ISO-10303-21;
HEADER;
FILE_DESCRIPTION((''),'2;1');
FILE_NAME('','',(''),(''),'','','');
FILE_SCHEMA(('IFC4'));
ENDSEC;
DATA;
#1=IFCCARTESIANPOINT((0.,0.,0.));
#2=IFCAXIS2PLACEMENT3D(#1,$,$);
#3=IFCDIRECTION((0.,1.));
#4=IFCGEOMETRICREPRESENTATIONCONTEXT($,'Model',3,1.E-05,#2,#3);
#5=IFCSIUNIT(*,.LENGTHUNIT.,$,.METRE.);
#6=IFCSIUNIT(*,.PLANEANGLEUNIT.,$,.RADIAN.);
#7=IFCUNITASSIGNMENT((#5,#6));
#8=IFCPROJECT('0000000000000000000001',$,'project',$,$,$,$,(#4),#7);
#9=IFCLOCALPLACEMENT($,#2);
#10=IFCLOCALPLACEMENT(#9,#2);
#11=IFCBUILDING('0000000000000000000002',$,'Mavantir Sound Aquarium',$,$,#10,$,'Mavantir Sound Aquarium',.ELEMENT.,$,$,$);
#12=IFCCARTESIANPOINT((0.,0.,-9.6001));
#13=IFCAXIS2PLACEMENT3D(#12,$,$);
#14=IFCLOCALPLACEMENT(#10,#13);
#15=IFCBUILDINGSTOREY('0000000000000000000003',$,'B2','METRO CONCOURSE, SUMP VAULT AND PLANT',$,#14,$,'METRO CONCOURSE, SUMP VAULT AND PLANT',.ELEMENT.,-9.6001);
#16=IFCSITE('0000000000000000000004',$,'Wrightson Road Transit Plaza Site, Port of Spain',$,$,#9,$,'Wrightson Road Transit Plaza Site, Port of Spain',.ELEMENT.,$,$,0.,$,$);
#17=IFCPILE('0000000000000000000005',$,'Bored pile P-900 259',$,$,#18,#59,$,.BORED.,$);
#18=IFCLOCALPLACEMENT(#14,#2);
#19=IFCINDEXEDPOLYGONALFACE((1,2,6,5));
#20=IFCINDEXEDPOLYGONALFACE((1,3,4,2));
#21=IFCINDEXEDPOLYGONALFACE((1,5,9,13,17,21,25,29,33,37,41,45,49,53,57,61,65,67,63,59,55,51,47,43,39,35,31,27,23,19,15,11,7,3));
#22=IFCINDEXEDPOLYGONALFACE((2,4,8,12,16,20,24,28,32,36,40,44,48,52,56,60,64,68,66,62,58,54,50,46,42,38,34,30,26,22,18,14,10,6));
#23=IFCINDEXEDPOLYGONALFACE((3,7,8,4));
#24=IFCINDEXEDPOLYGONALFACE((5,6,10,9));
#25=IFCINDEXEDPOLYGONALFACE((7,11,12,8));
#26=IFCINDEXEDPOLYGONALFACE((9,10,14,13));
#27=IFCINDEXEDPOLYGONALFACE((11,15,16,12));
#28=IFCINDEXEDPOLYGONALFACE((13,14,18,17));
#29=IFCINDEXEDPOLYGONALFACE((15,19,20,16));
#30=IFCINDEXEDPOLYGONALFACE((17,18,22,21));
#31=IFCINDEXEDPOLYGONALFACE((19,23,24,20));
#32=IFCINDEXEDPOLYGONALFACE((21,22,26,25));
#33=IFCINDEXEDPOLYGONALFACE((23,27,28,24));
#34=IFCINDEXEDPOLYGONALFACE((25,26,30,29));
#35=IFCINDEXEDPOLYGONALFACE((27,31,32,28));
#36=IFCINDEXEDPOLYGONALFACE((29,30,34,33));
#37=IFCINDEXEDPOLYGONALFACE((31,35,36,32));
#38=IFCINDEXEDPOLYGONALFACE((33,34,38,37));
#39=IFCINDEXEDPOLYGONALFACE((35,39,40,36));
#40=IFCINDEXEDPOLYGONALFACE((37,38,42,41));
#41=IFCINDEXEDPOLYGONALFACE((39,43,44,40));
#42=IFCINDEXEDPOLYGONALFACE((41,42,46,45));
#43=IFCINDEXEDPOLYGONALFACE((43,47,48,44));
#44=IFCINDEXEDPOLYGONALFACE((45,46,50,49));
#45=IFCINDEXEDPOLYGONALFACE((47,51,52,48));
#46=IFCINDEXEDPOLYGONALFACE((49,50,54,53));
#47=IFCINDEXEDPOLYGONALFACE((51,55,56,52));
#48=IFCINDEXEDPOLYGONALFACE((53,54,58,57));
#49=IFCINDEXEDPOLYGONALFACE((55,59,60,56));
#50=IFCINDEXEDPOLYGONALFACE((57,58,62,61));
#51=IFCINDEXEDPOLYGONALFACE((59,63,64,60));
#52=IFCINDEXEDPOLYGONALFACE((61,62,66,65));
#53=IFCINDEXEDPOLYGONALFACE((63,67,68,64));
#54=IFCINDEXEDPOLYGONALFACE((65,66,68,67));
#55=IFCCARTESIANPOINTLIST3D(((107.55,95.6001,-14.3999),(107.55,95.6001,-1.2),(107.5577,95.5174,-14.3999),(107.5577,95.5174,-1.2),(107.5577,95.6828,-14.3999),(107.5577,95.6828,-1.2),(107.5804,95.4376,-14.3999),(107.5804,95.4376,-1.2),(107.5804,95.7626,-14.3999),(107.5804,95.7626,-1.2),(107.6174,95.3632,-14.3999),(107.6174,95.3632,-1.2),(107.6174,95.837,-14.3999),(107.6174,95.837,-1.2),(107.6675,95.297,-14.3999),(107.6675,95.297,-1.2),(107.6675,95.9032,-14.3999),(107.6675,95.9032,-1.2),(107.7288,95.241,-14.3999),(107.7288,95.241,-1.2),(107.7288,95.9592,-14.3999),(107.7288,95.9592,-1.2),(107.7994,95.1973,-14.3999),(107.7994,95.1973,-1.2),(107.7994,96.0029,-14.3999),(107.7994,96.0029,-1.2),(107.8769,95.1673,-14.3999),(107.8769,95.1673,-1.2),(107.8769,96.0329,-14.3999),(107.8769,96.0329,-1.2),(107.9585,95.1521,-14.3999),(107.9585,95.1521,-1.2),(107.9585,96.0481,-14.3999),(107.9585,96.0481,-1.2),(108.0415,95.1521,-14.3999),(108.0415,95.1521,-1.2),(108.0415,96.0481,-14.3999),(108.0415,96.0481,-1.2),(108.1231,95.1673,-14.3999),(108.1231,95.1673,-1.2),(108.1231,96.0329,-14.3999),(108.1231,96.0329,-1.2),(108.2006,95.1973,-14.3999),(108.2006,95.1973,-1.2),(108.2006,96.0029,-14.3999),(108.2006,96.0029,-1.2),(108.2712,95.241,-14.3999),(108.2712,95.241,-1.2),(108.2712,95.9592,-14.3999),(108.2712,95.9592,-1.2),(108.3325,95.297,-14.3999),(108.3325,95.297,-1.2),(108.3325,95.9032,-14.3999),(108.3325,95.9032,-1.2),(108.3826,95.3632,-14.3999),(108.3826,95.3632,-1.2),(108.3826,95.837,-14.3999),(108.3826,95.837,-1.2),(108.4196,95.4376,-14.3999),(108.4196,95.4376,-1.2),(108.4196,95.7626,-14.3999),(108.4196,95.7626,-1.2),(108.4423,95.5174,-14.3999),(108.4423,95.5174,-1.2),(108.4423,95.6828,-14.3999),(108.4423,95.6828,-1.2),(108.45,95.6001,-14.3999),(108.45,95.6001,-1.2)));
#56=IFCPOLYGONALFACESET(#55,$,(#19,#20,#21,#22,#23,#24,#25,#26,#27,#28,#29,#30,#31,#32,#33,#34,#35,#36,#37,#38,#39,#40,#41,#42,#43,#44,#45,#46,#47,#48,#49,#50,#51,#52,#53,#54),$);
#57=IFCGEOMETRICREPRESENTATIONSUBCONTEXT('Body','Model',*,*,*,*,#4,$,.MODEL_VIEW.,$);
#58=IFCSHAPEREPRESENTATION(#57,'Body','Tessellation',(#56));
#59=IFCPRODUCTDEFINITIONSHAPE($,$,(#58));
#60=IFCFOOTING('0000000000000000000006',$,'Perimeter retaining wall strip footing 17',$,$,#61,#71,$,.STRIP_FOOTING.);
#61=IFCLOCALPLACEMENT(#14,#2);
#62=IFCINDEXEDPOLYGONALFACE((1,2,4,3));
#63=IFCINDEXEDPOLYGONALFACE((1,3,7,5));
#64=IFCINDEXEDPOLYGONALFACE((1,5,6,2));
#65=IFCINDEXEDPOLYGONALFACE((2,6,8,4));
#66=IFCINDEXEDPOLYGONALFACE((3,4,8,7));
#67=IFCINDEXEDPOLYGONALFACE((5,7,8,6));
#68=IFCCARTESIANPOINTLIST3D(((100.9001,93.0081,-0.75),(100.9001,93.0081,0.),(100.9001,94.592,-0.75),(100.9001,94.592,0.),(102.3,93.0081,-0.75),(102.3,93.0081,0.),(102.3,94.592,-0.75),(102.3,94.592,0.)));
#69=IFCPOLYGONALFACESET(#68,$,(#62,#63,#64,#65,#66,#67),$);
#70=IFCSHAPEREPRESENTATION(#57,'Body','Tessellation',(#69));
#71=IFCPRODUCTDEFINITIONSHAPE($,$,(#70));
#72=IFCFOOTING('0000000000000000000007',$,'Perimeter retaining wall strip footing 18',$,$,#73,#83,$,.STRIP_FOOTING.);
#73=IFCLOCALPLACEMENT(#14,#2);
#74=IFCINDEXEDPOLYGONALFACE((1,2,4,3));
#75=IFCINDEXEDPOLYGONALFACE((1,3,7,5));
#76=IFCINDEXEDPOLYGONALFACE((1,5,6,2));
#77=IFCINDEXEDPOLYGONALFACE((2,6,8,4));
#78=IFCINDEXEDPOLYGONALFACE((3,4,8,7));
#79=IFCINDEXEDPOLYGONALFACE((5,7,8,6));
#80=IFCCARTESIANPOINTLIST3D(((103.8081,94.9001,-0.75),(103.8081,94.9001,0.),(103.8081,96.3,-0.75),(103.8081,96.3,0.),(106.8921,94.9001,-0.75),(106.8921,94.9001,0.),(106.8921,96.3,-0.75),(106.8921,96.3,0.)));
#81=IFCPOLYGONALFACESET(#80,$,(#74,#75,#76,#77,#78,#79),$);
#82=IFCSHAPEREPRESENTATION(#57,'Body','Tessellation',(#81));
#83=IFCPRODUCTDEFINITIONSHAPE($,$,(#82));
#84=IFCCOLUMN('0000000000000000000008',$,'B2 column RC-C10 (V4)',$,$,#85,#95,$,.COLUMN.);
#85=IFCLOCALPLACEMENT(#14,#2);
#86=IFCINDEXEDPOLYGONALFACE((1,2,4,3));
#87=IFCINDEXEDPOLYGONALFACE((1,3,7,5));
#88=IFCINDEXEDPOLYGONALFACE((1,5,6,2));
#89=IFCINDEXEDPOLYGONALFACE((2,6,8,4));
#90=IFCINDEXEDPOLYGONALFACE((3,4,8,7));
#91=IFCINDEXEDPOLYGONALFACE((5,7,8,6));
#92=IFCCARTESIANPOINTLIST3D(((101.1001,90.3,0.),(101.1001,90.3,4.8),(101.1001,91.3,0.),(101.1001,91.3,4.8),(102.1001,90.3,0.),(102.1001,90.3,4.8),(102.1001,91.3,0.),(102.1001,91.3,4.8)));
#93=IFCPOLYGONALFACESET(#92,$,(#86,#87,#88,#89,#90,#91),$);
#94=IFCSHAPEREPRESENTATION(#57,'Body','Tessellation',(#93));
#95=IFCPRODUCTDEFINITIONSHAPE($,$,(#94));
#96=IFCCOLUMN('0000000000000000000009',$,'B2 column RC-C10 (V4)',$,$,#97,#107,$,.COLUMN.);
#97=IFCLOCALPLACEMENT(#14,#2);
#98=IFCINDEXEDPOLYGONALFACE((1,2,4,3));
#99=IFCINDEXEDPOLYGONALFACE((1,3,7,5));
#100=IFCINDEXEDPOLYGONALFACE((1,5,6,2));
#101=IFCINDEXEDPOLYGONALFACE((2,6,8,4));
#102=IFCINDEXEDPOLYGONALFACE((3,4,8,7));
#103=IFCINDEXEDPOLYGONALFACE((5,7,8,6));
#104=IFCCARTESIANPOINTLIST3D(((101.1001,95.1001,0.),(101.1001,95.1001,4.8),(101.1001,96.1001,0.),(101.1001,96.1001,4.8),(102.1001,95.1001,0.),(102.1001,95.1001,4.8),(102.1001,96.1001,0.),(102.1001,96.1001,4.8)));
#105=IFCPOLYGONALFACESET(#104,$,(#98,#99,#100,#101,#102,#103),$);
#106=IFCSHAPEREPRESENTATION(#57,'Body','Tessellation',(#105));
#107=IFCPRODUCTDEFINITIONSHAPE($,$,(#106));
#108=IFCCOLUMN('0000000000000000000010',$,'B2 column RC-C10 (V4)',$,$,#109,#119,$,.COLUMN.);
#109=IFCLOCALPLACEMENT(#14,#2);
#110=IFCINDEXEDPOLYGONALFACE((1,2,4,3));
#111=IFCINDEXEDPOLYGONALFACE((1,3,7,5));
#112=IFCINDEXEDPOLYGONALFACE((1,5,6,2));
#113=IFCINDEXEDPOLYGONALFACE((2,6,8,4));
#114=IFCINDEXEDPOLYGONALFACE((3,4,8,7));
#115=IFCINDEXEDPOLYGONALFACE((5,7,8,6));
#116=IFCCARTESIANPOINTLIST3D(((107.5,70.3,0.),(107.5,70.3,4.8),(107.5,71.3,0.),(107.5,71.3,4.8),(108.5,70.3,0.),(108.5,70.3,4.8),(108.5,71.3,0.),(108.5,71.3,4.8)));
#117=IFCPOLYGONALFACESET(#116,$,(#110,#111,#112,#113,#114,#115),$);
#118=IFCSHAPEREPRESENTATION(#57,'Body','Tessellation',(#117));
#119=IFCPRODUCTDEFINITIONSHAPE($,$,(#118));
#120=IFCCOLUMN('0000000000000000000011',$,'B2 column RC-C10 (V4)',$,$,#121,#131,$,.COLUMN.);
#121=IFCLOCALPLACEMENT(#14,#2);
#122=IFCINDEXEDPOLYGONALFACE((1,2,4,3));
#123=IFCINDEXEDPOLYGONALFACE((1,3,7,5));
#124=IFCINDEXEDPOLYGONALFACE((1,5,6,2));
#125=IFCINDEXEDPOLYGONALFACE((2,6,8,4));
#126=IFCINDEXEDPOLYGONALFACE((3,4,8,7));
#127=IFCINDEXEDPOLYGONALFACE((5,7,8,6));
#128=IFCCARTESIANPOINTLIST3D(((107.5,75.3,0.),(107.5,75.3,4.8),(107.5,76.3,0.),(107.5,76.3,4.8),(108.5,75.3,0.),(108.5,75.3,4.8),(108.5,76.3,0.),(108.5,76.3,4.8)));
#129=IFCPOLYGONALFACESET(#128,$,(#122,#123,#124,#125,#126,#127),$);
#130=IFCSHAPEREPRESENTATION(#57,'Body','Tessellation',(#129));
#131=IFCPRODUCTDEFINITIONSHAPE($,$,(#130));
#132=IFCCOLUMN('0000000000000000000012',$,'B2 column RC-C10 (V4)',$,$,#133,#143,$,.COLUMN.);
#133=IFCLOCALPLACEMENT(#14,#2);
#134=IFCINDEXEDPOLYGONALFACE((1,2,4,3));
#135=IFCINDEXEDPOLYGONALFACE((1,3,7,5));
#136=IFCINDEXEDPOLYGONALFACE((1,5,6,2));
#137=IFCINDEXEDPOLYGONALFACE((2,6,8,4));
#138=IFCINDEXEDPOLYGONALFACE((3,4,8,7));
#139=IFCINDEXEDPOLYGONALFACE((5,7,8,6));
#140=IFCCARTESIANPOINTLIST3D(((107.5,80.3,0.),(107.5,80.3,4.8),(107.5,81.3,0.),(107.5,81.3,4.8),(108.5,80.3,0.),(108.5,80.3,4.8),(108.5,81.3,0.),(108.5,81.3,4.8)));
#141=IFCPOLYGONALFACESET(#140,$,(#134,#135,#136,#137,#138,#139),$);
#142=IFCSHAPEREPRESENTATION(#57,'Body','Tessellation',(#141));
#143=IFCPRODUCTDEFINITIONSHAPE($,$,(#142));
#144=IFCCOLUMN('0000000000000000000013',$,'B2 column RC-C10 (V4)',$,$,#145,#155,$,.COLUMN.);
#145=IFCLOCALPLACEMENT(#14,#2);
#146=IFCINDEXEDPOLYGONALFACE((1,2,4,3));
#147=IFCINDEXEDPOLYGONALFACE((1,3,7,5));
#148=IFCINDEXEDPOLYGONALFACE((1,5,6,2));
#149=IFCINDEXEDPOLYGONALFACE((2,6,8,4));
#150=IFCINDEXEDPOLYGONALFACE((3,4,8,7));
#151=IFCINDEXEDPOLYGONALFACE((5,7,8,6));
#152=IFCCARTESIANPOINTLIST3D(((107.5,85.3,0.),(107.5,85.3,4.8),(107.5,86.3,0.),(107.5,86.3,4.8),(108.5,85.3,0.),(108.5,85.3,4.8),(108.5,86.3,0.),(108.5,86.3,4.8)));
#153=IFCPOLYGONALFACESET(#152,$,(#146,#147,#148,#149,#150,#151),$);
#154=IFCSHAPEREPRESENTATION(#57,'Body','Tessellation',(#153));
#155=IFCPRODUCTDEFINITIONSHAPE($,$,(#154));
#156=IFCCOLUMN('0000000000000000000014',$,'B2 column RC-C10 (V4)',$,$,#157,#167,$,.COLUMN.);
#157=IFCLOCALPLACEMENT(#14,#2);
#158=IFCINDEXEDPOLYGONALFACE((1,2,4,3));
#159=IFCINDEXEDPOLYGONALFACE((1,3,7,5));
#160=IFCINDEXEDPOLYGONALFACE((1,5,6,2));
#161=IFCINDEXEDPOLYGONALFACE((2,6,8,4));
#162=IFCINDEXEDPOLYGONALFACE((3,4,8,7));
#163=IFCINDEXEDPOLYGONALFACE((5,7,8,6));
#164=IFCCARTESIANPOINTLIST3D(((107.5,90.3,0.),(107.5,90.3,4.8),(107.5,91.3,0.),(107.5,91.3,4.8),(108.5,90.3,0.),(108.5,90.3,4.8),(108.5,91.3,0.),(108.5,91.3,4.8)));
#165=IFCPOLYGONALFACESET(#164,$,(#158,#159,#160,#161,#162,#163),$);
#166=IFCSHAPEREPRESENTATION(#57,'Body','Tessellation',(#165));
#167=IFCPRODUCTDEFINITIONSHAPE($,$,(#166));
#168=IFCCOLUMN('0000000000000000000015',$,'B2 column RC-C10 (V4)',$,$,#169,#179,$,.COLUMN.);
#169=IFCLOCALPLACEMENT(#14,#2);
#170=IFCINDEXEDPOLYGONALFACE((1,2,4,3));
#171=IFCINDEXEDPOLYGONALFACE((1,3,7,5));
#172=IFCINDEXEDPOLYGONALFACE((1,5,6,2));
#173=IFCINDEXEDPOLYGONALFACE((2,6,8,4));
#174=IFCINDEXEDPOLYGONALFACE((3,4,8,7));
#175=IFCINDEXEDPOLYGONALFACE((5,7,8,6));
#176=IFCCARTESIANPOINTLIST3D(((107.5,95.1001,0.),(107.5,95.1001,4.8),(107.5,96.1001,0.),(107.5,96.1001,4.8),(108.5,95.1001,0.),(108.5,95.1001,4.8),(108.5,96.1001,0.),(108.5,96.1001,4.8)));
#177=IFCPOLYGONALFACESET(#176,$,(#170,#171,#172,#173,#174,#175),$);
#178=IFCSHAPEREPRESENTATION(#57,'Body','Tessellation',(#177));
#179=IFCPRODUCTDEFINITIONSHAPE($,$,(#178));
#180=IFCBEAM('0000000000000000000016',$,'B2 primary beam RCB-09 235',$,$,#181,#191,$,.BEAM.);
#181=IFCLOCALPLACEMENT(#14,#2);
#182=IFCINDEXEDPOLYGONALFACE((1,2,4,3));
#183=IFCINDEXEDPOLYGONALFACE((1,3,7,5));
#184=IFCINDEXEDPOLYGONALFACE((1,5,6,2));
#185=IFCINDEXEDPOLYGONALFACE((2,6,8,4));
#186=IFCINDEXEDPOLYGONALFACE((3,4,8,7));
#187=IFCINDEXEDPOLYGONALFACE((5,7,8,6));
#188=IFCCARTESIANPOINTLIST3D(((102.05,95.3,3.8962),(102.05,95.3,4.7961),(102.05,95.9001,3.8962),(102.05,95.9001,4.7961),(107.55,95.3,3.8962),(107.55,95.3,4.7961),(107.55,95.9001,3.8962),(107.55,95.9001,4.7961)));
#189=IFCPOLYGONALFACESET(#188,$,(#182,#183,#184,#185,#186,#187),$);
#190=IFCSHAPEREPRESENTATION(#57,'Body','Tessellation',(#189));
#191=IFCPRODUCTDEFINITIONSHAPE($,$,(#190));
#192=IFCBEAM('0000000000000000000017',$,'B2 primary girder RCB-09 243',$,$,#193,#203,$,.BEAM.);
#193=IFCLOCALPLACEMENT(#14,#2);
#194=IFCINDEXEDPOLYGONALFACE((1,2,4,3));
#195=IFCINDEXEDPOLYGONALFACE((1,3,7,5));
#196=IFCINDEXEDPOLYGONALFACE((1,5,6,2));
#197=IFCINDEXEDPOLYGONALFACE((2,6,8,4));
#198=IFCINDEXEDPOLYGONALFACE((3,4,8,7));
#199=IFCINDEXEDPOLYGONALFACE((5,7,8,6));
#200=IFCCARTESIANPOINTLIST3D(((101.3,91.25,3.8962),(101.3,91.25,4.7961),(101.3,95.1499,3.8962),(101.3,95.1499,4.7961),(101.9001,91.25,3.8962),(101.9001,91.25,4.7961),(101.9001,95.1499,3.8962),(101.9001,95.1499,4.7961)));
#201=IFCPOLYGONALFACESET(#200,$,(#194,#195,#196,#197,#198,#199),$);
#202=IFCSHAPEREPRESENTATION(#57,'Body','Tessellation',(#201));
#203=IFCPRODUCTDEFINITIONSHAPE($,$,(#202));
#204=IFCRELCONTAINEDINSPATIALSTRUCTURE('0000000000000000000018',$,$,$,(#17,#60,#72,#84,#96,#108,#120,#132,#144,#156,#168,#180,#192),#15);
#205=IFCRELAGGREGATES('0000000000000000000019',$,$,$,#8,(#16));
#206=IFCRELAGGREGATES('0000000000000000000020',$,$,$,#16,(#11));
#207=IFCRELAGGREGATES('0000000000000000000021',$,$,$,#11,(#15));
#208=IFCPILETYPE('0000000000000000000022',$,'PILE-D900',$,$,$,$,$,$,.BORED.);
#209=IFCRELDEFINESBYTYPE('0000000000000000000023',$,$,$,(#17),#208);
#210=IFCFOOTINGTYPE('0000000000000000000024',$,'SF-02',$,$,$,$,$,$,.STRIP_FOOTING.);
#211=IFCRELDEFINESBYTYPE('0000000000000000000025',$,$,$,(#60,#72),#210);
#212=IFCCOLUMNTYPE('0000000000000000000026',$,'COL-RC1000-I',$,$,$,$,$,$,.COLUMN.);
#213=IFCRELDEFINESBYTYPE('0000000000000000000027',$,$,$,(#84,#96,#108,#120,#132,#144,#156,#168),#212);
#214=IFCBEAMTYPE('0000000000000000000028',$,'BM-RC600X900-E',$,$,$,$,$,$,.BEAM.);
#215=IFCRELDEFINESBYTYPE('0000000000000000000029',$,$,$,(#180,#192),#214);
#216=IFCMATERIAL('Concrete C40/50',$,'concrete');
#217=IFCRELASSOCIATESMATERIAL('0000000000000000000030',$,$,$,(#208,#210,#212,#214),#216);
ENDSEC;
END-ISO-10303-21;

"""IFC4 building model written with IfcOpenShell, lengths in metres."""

from ifc_helpers import new_model, si_unit, direction, frame, origin, origin_2d, place, context, subcontext, project, spatial, rectangle, circle, extrude, material, material_profile, profile_set, type_object, element, save


model = new_model("IFC4")

# Units and contexts
model_context = context("Model", 3, precision=1e-05, world=origin(), true_north=direction((0.0, 1.0)))
body_context = subcontext(model_context, "Body", "Model", "MODEL_VIEW")
ifc_project = project(units=[si_unit("LENGTHUNIT", "METRE"), si_unit("PLANEANGLEUNIT", "RADIAN")], contexts=[model_context])

# Site, building, storey
site_placement = place(None, origin())
site = spatial("IfcSite", under=ifc_project, at=site_placement, Name="Wrightson Road Transit Plaza Site, Port of Spain", LongName="Wrightson Road Transit Plaza Site, Port of Spain", CompositionType="ELEMENT", RefElevation=0.0)
building_placement = place(site_placement, origin())
building = spatial("IfcBuilding", under=site, at=building_placement, Name="Mavantir Sound Aquarium", LongName="Mavantir Sound Aquarium", CompositionType="ELEMENT")
storey_placement = place(building_placement, frame((0.0, 0.0, -9.6001)))
storey = spatial("IfcBuildingStorey", under=building, at=storey_placement, Name="B2", Description="METRO CONCOURSE, SUMP VAULT AND PLANT", LongName="METRO CONCOURSE, SUMP VAULT AND PLANT", CompositionType="ELEMENT", Elevation=-9.6001)

# Shared definitions
ifc_material_1 = material(Name="Concrete C40/50", Category="concrete")

# Pile
ifc_material_profile_1 = material_profile(ifc_material_1, circle(Radius=0.45, at=origin_2d()), Name="PILE D900")
ifc_profile_set_1 = profile_set([ifc_material_profile_1], Name="Concrete C40/50")
pile_type = type_object("IfcPileType", Name="PILE-D900", PredefinedType="BORED", material=ifc_profile_set_1)
pile_1_placement = place(storey_placement, frame((108.0, 95.6001, -1.2), z_axis=(0.0, 0.0, -1.0), x_axis=(1.0, 0.0, 0.0)))
element("IfcPile", 1, at=pile_1_placement, inside=storey, type_object=pile_type, Name="Bored pile P-900 259", PredefinedType="BORED", context=body_context, shape_type="SweptSolid", body=[
    extrude(circle(Radius=0.45, at=origin_2d()), origin(), (0.0, 0.0, 1.0), 13.2),
])

# Footings
ifc_material_profile_2 = material_profile(ifc_material_1, rectangle(XDim=1.3999, YDim=0.75, at=origin_2d()), Name="RC 1400X750")
ifc_profile_set_2 = profile_set([ifc_material_profile_2], Name="Concrete C40/50")
footing_type_1 = type_object("IfcFootingType", Name="SF-02", PredefinedType="STRIP_FOOTING", material=ifc_profile_set_2)
footing_1_placement = place(storey_placement, frame((101.6001, 93.0081, -0.375), z_axis=(0.0, 1.0, 0.0), x_axis=(-1.0, 0.0, 0.0)))
element("IfcFooting", 2, at=footing_1_placement, inside=storey, type_object=footing_type_1, Name="Perimeter retaining wall strip footing 17", PredefinedType="STRIP_FOOTING", context=body_context, shape_type="SweptSolid", body=[
    extrude(rectangle(XDim=1.3999, YDim=0.75, at=origin_2d()), origin(), (0.0, 0.0, 1.0), 1.584),
])
footing_2_placement = place(storey_placement, frame((103.8081, 95.6001, -0.375), z_axis=(1.0, 0.0, 0.0), x_axis=(0.0, 1.0, 0.0)))
element("IfcFooting", 3, at=footing_2_placement, inside=storey, type_object=footing_type_1, Name="Perimeter retaining wall strip footing 18", PredefinedType="STRIP_FOOTING", context=body_context, shape_type="SweptSolid", body=[
    extrude(rectangle(XDim=1.3999, YDim=0.75, at=origin_2d()), origin(), (0.0, 0.0, 1.0), 3.084),
])

# Columns
ifc_material_profile_3 = material_profile(ifc_material_1, rectangle(XDim=1.0, YDim=1.0, at=origin_2d()), Name="RC 1000X1000")
ifc_profile_set_3 = profile_set([ifc_material_profile_3], Name="Concrete C40/50")
column_type = type_object("IfcColumnType", Name="COL-RC1000-I", PredefinedType="COLUMN", material=ifc_profile_set_3)
for number, where, z_axis, x_axis, name in (
    (4, (101.6001, 90.8, 0.0), (0.0, 0.0, 1.0), (1.0, 0.0, 0.0), "B2 column RC-C10 (V4)"),
    (5, (101.6001, 95.6001, 0.0), (0.0, 0.0, 1.0), (1.0, 0.0, 0.0), "B2 column RC-C10 (V4)"),
    (6, (108.0, 70.8, 0.0), (0.0, 0.0, 1.0), (1.0, 0.0, 0.0), "B2 column RC-C10 (V4)"),
    (7, (108.0, 75.8, 0.0), (0.0, 0.0, 1.0), (1.0, 0.0, 0.0), "B2 column RC-C10 (V4)"),
    (8, (108.0, 80.8, 0.0), (0.0, 0.0, 1.0), (1.0, 0.0, 0.0), "B2 column RC-C10 (V4)"),
    (9, (108.0, 85.8, 0.0), (0.0, 0.0, 1.0), (1.0, 0.0, 0.0), "B2 column RC-C10 (V4)"),
    (10, (108.0, 90.8, 0.0), (0.0, 0.0, 1.0), (1.0, 0.0, 0.0), "B2 column RC-C10 (V4)"),
    (11, (108.0, 95.6001, 0.0), (0.0, 0.0, 1.0), (1.0, 0.0, 0.0), "B2 column RC-C10 (V4)"),
):
    element("IfcColumn", number, at=place(storey_placement, frame(where, z_axis=z_axis, x_axis=x_axis)), inside=storey, type_object=column_type, Name=name, PredefinedType="COLUMN", context=body_context, shape_type="SweptSolid", body=[
        extrude(rectangle(XDim=1.0, YDim=1.0, at=origin_2d()), origin(), (0.0, 0.0, 1.0), 4.8),
    ])

# Beams
ifc_material_profile_4 = material_profile(ifc_material_1, rectangle(XDim=0.6001, YDim=0.8999, at=origin_2d()), Name="RC 600X900")
ifc_profile_set_4 = profile_set([ifc_material_profile_4], Name="Concrete C40/50")
beam_type_1 = type_object("IfcBeamType", Name="BM-RC600X900-E", PredefinedType="BEAM", material=ifc_profile_set_4)
beam_1_placement = place(storey_placement, frame((102.05, 95.6001, 4.3462), z_axis=(1.0, 0.0, 0.0), x_axis=(0.0, 1.0, 0.0)))
element("IfcBeam", 12, at=beam_1_placement, inside=storey, type_object=beam_type_1, Name="B2 primary beam RCB-09 235", PredefinedType="BEAM", context=body_context, shape_type="SweptSolid", body=[
    extrude(rectangle(XDim=0.6001, YDim=0.8999, at=origin_2d()), origin(), (0.0, 0.0, 1.0), 5.5),
])
beam_2_placement = place(storey_placement, frame((101.6001, 91.25, 4.3462), z_axis=(0.0, 1.0, 0.0), x_axis=(-1.0, 0.0, 0.0)))
element("IfcBeam", 13, at=beam_2_placement, inside=storey, type_object=beam_type_1, Name="B2 primary girder RCB-09 243", PredefinedType="BEAM", context=body_context, shape_type="SweptSolid", body=[
    extrude(rectangle(XDim=0.6001, YDim=0.8999, at=origin_2d()), origin(), (0.0, 0.0, 1.0), 3.8999),
])

save(model, "model.ifc")
